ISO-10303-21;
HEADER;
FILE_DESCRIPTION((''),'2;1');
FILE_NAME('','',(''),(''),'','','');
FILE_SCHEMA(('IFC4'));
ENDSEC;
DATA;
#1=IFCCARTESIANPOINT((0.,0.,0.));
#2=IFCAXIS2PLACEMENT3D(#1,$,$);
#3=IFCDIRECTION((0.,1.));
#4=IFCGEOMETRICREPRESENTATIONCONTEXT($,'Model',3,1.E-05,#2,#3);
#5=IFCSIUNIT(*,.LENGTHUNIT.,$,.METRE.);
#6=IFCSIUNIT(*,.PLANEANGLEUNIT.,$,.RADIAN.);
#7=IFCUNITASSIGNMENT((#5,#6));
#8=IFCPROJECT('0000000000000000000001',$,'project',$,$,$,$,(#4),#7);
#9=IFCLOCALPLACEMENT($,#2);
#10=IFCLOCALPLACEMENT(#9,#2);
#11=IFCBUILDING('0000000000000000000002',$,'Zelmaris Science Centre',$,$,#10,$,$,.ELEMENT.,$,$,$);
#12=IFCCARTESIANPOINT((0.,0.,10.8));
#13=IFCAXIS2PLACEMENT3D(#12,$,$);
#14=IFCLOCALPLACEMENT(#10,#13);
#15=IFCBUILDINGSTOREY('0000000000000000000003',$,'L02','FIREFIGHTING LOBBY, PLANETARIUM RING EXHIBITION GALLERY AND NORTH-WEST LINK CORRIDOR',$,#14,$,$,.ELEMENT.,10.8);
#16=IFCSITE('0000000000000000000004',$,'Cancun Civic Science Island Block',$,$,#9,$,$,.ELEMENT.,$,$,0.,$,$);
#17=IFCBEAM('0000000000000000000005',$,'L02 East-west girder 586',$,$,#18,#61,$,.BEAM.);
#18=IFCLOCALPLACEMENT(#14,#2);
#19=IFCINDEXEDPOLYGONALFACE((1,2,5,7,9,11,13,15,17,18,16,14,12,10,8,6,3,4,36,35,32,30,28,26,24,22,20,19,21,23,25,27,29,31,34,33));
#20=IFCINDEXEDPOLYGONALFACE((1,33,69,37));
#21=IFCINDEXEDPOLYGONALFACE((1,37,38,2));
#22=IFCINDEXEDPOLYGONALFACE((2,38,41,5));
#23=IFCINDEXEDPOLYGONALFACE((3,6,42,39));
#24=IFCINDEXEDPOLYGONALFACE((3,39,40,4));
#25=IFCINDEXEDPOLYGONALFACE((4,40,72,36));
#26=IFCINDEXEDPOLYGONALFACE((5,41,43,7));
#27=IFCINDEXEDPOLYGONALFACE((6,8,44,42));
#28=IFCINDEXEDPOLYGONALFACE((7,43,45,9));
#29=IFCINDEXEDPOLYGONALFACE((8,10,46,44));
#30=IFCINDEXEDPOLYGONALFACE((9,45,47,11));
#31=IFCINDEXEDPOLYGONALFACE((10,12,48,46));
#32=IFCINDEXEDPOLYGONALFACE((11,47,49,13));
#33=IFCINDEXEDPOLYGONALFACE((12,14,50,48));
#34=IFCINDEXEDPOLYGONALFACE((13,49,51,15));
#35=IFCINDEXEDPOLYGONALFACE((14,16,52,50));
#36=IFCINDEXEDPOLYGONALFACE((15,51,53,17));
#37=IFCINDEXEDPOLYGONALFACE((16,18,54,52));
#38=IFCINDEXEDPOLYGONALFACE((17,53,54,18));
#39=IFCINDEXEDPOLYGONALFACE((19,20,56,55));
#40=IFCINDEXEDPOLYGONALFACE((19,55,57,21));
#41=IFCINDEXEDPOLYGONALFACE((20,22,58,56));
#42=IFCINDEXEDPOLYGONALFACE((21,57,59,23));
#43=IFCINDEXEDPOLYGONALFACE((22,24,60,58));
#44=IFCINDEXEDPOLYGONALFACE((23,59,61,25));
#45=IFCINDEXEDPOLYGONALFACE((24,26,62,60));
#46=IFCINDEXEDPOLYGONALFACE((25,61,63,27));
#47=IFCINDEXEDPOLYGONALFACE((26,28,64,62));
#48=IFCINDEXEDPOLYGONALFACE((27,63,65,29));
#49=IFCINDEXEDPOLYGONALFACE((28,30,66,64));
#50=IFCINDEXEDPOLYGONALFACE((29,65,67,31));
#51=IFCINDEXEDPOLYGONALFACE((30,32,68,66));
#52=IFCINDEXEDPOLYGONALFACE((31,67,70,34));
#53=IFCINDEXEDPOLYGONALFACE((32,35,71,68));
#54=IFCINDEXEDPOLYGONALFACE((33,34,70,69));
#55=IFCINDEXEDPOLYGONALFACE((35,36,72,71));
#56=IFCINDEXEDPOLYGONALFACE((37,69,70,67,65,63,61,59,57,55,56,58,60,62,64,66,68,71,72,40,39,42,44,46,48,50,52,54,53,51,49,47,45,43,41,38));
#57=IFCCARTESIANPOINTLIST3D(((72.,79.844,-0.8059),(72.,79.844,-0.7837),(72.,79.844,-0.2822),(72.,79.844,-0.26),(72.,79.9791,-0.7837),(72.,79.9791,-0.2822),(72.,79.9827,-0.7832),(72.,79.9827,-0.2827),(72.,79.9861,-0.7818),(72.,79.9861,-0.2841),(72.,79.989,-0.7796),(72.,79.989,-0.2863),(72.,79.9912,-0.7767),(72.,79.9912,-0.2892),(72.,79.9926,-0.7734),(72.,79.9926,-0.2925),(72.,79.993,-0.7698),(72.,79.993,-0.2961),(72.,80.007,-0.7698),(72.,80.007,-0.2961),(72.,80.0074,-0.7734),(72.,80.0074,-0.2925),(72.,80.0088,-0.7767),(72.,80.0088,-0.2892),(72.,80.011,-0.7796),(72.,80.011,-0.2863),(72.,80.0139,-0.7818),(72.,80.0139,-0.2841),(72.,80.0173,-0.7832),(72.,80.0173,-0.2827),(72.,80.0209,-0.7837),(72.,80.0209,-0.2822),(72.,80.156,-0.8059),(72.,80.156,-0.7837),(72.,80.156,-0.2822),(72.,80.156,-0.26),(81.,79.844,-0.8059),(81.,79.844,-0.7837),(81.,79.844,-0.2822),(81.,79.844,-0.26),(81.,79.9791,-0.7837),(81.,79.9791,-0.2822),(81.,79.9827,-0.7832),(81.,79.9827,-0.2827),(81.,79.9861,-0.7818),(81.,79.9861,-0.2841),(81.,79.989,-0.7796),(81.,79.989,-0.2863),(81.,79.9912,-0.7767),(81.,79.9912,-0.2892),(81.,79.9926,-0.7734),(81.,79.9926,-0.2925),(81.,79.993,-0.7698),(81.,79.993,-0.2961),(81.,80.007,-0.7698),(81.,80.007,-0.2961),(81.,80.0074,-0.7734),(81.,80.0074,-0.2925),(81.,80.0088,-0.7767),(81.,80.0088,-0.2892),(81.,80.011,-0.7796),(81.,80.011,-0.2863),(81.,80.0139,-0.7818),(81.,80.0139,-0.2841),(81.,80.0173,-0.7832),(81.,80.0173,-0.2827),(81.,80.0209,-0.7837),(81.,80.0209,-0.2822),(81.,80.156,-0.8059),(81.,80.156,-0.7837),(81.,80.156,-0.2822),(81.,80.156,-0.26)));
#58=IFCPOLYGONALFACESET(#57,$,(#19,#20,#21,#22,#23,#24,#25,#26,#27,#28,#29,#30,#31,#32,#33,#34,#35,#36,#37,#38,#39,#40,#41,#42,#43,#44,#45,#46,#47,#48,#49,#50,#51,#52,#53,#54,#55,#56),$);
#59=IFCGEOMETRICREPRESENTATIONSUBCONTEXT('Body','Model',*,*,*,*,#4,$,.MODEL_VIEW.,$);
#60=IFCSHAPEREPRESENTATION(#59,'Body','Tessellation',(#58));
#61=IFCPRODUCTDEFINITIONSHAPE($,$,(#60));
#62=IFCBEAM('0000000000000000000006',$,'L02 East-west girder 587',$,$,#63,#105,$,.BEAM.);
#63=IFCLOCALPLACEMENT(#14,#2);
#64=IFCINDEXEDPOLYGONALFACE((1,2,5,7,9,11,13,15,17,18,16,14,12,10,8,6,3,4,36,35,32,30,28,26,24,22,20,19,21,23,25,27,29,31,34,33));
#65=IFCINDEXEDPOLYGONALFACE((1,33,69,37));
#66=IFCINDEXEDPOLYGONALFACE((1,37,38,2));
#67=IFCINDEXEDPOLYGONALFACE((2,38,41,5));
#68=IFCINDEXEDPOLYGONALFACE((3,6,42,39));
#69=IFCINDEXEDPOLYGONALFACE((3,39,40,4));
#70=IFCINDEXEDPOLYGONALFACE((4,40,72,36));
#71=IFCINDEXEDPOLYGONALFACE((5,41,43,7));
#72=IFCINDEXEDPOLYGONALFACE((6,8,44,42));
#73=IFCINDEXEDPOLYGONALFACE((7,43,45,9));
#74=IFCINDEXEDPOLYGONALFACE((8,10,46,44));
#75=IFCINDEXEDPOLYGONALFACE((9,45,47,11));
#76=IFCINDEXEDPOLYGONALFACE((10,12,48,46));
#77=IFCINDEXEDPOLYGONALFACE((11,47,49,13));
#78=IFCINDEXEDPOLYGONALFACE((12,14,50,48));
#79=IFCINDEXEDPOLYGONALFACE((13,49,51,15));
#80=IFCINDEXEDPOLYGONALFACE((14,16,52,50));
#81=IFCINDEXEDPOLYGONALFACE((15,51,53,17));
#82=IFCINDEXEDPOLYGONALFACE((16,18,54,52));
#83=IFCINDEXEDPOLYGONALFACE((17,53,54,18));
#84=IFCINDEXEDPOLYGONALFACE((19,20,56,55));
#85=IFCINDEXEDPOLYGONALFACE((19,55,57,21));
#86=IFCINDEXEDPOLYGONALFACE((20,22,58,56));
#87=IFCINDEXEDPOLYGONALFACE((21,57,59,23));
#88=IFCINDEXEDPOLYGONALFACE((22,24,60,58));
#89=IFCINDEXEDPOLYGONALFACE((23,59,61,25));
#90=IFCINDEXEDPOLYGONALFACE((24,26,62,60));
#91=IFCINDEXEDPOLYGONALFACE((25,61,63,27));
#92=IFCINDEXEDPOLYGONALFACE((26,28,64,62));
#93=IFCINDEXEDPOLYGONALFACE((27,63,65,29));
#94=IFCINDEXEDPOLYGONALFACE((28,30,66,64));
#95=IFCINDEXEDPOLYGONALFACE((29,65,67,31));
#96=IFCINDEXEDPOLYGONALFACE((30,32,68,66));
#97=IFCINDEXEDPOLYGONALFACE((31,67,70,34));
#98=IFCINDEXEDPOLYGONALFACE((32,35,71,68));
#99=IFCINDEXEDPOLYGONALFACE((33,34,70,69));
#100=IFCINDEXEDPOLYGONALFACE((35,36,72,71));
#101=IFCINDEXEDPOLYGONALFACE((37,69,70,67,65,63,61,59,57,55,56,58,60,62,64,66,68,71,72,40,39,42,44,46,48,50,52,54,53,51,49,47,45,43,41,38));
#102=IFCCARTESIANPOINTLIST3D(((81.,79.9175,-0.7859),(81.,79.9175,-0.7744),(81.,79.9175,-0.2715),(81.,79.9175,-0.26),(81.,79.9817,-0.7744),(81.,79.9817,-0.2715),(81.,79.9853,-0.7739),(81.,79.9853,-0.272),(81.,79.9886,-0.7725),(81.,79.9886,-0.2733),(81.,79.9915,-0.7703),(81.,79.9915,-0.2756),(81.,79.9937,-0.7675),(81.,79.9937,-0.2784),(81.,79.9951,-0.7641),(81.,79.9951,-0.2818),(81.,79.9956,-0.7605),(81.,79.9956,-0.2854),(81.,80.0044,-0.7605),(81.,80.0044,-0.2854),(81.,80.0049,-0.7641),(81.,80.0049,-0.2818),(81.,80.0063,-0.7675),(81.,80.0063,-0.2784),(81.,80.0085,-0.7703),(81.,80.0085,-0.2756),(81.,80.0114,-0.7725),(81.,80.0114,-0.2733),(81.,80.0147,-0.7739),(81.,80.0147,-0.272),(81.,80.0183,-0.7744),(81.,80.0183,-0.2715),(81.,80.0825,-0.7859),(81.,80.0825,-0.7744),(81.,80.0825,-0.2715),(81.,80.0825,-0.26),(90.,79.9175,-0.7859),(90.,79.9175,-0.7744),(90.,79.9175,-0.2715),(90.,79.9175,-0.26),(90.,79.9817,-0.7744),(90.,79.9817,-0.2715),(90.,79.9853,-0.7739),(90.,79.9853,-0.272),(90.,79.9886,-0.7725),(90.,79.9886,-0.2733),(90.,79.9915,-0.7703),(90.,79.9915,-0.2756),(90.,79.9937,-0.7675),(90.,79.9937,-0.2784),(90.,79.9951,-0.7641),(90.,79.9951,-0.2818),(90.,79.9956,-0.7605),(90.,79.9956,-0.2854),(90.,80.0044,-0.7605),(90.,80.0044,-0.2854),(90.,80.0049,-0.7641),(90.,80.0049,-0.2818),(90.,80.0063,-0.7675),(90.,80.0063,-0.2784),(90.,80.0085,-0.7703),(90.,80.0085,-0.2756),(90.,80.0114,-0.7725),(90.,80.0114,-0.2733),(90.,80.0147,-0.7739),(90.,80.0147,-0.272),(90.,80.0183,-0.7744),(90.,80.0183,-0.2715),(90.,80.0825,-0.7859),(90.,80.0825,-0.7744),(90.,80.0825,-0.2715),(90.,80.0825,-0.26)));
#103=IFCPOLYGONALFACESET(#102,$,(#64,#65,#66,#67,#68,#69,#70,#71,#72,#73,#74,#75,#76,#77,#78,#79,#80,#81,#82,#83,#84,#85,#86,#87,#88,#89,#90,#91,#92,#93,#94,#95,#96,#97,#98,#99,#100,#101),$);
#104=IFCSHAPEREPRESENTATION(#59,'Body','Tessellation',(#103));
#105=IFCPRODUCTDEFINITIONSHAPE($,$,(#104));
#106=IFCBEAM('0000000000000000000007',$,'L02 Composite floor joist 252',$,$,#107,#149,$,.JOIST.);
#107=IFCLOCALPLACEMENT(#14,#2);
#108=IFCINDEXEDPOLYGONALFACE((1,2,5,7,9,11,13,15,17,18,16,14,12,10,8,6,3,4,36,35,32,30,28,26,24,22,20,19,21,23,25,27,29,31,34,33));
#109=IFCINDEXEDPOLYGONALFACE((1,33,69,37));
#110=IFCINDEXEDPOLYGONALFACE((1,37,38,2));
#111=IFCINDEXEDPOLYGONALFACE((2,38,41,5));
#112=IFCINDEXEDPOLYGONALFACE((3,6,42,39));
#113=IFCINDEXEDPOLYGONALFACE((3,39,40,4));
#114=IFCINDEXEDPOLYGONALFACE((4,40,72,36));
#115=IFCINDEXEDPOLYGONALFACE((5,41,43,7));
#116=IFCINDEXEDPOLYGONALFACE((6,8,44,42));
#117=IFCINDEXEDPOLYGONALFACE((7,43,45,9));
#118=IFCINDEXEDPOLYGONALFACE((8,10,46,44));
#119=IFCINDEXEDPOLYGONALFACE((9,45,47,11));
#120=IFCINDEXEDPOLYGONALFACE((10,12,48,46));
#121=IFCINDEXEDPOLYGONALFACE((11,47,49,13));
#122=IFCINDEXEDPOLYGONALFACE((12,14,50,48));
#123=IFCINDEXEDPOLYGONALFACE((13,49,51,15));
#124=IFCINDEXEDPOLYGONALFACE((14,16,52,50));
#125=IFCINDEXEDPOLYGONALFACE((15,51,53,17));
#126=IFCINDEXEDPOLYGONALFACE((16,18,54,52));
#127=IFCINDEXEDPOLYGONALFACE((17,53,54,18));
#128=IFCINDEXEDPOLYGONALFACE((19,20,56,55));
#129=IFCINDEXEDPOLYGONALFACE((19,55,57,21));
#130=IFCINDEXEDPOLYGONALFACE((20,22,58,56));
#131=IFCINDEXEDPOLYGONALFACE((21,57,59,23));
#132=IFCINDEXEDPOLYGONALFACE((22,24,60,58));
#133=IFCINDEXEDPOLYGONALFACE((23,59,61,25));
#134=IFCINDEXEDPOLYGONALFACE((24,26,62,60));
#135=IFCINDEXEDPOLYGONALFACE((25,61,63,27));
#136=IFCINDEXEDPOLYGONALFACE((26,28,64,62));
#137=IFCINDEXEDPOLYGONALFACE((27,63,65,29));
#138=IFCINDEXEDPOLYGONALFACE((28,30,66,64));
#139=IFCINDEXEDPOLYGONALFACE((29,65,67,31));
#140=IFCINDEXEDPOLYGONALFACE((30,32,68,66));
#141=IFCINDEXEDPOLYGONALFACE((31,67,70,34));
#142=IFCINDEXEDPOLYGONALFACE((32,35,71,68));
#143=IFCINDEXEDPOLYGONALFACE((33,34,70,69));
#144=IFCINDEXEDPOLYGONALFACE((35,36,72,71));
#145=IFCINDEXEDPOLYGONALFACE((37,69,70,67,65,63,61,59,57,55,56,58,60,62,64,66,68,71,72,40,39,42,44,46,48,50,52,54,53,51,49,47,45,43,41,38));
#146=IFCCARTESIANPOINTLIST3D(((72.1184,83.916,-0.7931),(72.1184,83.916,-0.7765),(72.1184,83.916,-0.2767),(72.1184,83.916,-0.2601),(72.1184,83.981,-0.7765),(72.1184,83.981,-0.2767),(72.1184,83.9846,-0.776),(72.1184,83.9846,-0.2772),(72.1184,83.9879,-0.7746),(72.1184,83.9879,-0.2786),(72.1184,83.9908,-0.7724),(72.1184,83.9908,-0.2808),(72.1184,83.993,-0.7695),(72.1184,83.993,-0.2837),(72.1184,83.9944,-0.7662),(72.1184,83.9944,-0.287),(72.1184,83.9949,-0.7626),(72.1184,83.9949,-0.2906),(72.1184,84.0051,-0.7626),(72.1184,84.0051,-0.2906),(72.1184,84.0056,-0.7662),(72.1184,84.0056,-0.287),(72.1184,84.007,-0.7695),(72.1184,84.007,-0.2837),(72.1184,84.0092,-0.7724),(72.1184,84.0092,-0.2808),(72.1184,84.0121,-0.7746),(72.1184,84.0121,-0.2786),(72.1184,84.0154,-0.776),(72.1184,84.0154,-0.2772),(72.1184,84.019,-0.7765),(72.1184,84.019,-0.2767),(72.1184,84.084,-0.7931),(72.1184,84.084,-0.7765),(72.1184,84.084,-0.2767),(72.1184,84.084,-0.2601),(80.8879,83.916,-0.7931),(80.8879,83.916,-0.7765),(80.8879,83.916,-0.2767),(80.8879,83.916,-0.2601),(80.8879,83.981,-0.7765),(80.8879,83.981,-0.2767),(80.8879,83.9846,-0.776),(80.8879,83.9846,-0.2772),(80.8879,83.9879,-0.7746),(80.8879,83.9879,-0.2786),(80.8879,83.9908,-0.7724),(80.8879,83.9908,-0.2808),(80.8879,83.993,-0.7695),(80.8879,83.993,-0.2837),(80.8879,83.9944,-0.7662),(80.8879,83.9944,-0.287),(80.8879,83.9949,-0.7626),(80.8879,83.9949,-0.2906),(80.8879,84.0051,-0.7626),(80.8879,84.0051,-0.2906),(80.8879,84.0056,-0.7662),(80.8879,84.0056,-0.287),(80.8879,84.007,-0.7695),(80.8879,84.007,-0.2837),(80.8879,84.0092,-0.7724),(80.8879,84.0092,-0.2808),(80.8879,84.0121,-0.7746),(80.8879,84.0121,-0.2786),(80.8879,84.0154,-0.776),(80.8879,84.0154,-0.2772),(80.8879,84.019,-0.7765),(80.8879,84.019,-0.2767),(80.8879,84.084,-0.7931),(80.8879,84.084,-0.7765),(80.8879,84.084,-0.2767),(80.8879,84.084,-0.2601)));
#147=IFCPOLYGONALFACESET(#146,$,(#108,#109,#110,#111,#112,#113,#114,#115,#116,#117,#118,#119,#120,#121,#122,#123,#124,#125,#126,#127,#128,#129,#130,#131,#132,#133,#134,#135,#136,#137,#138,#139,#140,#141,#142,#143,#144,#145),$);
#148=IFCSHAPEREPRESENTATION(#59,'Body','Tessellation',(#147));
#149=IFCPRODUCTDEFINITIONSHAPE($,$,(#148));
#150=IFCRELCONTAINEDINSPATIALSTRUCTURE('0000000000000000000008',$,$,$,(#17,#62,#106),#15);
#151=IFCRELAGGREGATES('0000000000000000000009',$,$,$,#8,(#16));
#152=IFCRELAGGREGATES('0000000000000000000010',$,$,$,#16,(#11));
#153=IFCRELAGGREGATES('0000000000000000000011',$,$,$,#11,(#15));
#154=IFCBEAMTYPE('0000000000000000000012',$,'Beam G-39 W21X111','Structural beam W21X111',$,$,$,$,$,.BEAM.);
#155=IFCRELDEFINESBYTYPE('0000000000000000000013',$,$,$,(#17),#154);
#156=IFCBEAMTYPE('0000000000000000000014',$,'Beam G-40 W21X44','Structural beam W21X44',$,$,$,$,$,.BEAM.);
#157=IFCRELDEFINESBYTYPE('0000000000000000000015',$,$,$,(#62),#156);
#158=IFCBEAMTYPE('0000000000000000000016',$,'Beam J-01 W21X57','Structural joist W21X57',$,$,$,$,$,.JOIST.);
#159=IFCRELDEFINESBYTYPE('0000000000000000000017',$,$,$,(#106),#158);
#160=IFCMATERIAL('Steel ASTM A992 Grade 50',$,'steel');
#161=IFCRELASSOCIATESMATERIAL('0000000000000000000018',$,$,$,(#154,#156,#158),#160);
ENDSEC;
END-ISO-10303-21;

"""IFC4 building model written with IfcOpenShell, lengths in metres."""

from ifc_helpers import new_model, si_unit, direction, frame, origin, origin_2d, place, context, subcontext, project, spatial, i_section, extrude, material, material_profile, profile_set, type_object, element, save


model = new_model("IFC4")

# Units and contexts
model_context = context("Model", 3, precision=1e-05, world=origin(), true_north=direction((0.0, 1.0)))
body_context = subcontext(model_context, "Body", "Model", "MODEL_VIEW")
ifc_project = project(units=[si_unit("LENGTHUNIT", "METRE"), si_unit("PLANEANGLEUNIT", "RADIAN")], contexts=[model_context])

# Site, building, storey
site_placement = place(None, origin())
site = spatial("IfcSite", under=ifc_project, at=site_placement, Name="Cancun Civic Science Island Block", CompositionType="ELEMENT", RefElevation=0.0)
building_placement = place(site_placement, origin())
building = spatial("IfcBuilding", under=site, at=building_placement, Name="Zelmaris Science Centre", CompositionType="ELEMENT")
storey_placement = place(building_placement, frame((0.0, 0.0, 10.8)))
storey = spatial("IfcBuildingStorey", under=building, at=storey_placement, Name="L02", Description="FIREFIGHTING LOBBY, PLANETARIUM RING EXHIBITION GALLERY AND NORTH-WEST LINK CORRIDOR", CompositionType="ELEMENT", Elevation=10.8)

# Shared definitions
ifc_material_1 = material(Name="Steel ASTM A992 Grade 50", Category="steel")

# Beams
ifc_material_profile_1 = material_profile(ifc_material_1, i_section(OverallWidth=0.312, OverallDepth=0.5459, WebThickness=0.0139, FlangeThickness=0.0222, FilletRadius=0.0139, at=origin_2d()), Name="W21X111")
ifc_profile_set_1 = profile_set([ifc_material_profile_1], Name="Steel ASTM A992 Grade 50")
beam_type_1 = type_object("IfcBeamType", Name="Beam G-39 W21X111", Description="Structural beam W21X111", PredefinedType="BEAM", material=ifc_profile_set_1)
beam_1_placement = place(storey_placement, frame((72.0, 80.0, -0.533), z_axis=(1.0, 0.0, 0.0), x_axis=(0.0, 1.0, 0.0)))
element("IfcBeam", 1, at=beam_1_placement, inside=storey, type_object=beam_type_1, Name="L02 East-west girder 586", PredefinedType="BEAM", context=body_context, shape_type="SweptSolid", body=[
    extrude(i_section(OverallWidth=0.312, OverallDepth=0.5459, WebThickness=0.0139, FlangeThickness=0.0222, FilletRadius=0.0139, at=origin_2d()), origin(), (0.0, 0.0, 1.0), 9.0),
])
ifc_material_profile_2 = material_profile(ifc_material_1, i_section(OverallWidth=0.165, OverallDepth=0.5259, WebThickness=0.0088, FlangeThickness=0.0115, FilletRadius=0.0139, at=origin_2d()), Name="W21X44")
ifc_profile_set_2 = profile_set([ifc_material_profile_2], Name="Steel ASTM A992 Grade 50")
beam_type_2 = type_object("IfcBeamType", Name="Beam G-40 W21X44", Description="Structural beam W21X44", PredefinedType="BEAM", material=ifc_profile_set_2)
beam_2_placement = place(storey_placement, frame((81.0, 80.0, -0.5229), z_axis=(1.0, 0.0, 0.0), x_axis=(0.0, 1.0, 0.0)))
element("IfcBeam", 2, at=beam_2_placement, inside=storey, type_object=beam_type_2, Name="L02 East-west girder 587", PredefinedType="BEAM", context=body_context, shape_type="SweptSolid", body=[
    extrude(i_section(OverallWidth=0.165, OverallDepth=0.5259, WebThickness=0.0088, FlangeThickness=0.0115, FilletRadius=0.0139, at=origin_2d()), origin(), (0.0, 0.0, 1.0), 9.0),
])
ifc_material_profile_3 = material_profile(ifc_material_1, i_section(OverallWidth=0.168, OverallDepth=0.533, WebThickness=0.0103, FlangeThickness=0.0166, FilletRadius=0.0139, at=origin_2d()), Name="W21X57")
ifc_profile_set_3 = profile_set([ifc_material_profile_3], Name="Steel ASTM A992 Grade 50")
beam_type_3 = type_object("IfcBeamType", Name="Beam J-01 W21X57", Description="Structural joist W21X57", PredefinedType="JOIST", material=ifc_profile_set_3)
beam_3_placement = place(storey_placement, frame((72.1184, 84.0, -0.5266), z_axis=(1.0, 0.0, 0.0), x_axis=(0.0, 1.0, 0.0)))
element("IfcBeam", 3, at=beam_3_placement, inside=storey, type_object=beam_type_3, Name="L02 Composite floor joist 252", PredefinedType="JOIST", context=body_context, shape_type="SweptSolid", body=[
    extrude(i_section(OverallWidth=0.168, OverallDepth=0.533, WebThickness=0.0103, FlangeThickness=0.0166, FilletRadius=0.0139, at=origin_2d()), origin(), (0.0, 0.0, 1.0), 8.7695),
])

save(model, "model.ifc")
